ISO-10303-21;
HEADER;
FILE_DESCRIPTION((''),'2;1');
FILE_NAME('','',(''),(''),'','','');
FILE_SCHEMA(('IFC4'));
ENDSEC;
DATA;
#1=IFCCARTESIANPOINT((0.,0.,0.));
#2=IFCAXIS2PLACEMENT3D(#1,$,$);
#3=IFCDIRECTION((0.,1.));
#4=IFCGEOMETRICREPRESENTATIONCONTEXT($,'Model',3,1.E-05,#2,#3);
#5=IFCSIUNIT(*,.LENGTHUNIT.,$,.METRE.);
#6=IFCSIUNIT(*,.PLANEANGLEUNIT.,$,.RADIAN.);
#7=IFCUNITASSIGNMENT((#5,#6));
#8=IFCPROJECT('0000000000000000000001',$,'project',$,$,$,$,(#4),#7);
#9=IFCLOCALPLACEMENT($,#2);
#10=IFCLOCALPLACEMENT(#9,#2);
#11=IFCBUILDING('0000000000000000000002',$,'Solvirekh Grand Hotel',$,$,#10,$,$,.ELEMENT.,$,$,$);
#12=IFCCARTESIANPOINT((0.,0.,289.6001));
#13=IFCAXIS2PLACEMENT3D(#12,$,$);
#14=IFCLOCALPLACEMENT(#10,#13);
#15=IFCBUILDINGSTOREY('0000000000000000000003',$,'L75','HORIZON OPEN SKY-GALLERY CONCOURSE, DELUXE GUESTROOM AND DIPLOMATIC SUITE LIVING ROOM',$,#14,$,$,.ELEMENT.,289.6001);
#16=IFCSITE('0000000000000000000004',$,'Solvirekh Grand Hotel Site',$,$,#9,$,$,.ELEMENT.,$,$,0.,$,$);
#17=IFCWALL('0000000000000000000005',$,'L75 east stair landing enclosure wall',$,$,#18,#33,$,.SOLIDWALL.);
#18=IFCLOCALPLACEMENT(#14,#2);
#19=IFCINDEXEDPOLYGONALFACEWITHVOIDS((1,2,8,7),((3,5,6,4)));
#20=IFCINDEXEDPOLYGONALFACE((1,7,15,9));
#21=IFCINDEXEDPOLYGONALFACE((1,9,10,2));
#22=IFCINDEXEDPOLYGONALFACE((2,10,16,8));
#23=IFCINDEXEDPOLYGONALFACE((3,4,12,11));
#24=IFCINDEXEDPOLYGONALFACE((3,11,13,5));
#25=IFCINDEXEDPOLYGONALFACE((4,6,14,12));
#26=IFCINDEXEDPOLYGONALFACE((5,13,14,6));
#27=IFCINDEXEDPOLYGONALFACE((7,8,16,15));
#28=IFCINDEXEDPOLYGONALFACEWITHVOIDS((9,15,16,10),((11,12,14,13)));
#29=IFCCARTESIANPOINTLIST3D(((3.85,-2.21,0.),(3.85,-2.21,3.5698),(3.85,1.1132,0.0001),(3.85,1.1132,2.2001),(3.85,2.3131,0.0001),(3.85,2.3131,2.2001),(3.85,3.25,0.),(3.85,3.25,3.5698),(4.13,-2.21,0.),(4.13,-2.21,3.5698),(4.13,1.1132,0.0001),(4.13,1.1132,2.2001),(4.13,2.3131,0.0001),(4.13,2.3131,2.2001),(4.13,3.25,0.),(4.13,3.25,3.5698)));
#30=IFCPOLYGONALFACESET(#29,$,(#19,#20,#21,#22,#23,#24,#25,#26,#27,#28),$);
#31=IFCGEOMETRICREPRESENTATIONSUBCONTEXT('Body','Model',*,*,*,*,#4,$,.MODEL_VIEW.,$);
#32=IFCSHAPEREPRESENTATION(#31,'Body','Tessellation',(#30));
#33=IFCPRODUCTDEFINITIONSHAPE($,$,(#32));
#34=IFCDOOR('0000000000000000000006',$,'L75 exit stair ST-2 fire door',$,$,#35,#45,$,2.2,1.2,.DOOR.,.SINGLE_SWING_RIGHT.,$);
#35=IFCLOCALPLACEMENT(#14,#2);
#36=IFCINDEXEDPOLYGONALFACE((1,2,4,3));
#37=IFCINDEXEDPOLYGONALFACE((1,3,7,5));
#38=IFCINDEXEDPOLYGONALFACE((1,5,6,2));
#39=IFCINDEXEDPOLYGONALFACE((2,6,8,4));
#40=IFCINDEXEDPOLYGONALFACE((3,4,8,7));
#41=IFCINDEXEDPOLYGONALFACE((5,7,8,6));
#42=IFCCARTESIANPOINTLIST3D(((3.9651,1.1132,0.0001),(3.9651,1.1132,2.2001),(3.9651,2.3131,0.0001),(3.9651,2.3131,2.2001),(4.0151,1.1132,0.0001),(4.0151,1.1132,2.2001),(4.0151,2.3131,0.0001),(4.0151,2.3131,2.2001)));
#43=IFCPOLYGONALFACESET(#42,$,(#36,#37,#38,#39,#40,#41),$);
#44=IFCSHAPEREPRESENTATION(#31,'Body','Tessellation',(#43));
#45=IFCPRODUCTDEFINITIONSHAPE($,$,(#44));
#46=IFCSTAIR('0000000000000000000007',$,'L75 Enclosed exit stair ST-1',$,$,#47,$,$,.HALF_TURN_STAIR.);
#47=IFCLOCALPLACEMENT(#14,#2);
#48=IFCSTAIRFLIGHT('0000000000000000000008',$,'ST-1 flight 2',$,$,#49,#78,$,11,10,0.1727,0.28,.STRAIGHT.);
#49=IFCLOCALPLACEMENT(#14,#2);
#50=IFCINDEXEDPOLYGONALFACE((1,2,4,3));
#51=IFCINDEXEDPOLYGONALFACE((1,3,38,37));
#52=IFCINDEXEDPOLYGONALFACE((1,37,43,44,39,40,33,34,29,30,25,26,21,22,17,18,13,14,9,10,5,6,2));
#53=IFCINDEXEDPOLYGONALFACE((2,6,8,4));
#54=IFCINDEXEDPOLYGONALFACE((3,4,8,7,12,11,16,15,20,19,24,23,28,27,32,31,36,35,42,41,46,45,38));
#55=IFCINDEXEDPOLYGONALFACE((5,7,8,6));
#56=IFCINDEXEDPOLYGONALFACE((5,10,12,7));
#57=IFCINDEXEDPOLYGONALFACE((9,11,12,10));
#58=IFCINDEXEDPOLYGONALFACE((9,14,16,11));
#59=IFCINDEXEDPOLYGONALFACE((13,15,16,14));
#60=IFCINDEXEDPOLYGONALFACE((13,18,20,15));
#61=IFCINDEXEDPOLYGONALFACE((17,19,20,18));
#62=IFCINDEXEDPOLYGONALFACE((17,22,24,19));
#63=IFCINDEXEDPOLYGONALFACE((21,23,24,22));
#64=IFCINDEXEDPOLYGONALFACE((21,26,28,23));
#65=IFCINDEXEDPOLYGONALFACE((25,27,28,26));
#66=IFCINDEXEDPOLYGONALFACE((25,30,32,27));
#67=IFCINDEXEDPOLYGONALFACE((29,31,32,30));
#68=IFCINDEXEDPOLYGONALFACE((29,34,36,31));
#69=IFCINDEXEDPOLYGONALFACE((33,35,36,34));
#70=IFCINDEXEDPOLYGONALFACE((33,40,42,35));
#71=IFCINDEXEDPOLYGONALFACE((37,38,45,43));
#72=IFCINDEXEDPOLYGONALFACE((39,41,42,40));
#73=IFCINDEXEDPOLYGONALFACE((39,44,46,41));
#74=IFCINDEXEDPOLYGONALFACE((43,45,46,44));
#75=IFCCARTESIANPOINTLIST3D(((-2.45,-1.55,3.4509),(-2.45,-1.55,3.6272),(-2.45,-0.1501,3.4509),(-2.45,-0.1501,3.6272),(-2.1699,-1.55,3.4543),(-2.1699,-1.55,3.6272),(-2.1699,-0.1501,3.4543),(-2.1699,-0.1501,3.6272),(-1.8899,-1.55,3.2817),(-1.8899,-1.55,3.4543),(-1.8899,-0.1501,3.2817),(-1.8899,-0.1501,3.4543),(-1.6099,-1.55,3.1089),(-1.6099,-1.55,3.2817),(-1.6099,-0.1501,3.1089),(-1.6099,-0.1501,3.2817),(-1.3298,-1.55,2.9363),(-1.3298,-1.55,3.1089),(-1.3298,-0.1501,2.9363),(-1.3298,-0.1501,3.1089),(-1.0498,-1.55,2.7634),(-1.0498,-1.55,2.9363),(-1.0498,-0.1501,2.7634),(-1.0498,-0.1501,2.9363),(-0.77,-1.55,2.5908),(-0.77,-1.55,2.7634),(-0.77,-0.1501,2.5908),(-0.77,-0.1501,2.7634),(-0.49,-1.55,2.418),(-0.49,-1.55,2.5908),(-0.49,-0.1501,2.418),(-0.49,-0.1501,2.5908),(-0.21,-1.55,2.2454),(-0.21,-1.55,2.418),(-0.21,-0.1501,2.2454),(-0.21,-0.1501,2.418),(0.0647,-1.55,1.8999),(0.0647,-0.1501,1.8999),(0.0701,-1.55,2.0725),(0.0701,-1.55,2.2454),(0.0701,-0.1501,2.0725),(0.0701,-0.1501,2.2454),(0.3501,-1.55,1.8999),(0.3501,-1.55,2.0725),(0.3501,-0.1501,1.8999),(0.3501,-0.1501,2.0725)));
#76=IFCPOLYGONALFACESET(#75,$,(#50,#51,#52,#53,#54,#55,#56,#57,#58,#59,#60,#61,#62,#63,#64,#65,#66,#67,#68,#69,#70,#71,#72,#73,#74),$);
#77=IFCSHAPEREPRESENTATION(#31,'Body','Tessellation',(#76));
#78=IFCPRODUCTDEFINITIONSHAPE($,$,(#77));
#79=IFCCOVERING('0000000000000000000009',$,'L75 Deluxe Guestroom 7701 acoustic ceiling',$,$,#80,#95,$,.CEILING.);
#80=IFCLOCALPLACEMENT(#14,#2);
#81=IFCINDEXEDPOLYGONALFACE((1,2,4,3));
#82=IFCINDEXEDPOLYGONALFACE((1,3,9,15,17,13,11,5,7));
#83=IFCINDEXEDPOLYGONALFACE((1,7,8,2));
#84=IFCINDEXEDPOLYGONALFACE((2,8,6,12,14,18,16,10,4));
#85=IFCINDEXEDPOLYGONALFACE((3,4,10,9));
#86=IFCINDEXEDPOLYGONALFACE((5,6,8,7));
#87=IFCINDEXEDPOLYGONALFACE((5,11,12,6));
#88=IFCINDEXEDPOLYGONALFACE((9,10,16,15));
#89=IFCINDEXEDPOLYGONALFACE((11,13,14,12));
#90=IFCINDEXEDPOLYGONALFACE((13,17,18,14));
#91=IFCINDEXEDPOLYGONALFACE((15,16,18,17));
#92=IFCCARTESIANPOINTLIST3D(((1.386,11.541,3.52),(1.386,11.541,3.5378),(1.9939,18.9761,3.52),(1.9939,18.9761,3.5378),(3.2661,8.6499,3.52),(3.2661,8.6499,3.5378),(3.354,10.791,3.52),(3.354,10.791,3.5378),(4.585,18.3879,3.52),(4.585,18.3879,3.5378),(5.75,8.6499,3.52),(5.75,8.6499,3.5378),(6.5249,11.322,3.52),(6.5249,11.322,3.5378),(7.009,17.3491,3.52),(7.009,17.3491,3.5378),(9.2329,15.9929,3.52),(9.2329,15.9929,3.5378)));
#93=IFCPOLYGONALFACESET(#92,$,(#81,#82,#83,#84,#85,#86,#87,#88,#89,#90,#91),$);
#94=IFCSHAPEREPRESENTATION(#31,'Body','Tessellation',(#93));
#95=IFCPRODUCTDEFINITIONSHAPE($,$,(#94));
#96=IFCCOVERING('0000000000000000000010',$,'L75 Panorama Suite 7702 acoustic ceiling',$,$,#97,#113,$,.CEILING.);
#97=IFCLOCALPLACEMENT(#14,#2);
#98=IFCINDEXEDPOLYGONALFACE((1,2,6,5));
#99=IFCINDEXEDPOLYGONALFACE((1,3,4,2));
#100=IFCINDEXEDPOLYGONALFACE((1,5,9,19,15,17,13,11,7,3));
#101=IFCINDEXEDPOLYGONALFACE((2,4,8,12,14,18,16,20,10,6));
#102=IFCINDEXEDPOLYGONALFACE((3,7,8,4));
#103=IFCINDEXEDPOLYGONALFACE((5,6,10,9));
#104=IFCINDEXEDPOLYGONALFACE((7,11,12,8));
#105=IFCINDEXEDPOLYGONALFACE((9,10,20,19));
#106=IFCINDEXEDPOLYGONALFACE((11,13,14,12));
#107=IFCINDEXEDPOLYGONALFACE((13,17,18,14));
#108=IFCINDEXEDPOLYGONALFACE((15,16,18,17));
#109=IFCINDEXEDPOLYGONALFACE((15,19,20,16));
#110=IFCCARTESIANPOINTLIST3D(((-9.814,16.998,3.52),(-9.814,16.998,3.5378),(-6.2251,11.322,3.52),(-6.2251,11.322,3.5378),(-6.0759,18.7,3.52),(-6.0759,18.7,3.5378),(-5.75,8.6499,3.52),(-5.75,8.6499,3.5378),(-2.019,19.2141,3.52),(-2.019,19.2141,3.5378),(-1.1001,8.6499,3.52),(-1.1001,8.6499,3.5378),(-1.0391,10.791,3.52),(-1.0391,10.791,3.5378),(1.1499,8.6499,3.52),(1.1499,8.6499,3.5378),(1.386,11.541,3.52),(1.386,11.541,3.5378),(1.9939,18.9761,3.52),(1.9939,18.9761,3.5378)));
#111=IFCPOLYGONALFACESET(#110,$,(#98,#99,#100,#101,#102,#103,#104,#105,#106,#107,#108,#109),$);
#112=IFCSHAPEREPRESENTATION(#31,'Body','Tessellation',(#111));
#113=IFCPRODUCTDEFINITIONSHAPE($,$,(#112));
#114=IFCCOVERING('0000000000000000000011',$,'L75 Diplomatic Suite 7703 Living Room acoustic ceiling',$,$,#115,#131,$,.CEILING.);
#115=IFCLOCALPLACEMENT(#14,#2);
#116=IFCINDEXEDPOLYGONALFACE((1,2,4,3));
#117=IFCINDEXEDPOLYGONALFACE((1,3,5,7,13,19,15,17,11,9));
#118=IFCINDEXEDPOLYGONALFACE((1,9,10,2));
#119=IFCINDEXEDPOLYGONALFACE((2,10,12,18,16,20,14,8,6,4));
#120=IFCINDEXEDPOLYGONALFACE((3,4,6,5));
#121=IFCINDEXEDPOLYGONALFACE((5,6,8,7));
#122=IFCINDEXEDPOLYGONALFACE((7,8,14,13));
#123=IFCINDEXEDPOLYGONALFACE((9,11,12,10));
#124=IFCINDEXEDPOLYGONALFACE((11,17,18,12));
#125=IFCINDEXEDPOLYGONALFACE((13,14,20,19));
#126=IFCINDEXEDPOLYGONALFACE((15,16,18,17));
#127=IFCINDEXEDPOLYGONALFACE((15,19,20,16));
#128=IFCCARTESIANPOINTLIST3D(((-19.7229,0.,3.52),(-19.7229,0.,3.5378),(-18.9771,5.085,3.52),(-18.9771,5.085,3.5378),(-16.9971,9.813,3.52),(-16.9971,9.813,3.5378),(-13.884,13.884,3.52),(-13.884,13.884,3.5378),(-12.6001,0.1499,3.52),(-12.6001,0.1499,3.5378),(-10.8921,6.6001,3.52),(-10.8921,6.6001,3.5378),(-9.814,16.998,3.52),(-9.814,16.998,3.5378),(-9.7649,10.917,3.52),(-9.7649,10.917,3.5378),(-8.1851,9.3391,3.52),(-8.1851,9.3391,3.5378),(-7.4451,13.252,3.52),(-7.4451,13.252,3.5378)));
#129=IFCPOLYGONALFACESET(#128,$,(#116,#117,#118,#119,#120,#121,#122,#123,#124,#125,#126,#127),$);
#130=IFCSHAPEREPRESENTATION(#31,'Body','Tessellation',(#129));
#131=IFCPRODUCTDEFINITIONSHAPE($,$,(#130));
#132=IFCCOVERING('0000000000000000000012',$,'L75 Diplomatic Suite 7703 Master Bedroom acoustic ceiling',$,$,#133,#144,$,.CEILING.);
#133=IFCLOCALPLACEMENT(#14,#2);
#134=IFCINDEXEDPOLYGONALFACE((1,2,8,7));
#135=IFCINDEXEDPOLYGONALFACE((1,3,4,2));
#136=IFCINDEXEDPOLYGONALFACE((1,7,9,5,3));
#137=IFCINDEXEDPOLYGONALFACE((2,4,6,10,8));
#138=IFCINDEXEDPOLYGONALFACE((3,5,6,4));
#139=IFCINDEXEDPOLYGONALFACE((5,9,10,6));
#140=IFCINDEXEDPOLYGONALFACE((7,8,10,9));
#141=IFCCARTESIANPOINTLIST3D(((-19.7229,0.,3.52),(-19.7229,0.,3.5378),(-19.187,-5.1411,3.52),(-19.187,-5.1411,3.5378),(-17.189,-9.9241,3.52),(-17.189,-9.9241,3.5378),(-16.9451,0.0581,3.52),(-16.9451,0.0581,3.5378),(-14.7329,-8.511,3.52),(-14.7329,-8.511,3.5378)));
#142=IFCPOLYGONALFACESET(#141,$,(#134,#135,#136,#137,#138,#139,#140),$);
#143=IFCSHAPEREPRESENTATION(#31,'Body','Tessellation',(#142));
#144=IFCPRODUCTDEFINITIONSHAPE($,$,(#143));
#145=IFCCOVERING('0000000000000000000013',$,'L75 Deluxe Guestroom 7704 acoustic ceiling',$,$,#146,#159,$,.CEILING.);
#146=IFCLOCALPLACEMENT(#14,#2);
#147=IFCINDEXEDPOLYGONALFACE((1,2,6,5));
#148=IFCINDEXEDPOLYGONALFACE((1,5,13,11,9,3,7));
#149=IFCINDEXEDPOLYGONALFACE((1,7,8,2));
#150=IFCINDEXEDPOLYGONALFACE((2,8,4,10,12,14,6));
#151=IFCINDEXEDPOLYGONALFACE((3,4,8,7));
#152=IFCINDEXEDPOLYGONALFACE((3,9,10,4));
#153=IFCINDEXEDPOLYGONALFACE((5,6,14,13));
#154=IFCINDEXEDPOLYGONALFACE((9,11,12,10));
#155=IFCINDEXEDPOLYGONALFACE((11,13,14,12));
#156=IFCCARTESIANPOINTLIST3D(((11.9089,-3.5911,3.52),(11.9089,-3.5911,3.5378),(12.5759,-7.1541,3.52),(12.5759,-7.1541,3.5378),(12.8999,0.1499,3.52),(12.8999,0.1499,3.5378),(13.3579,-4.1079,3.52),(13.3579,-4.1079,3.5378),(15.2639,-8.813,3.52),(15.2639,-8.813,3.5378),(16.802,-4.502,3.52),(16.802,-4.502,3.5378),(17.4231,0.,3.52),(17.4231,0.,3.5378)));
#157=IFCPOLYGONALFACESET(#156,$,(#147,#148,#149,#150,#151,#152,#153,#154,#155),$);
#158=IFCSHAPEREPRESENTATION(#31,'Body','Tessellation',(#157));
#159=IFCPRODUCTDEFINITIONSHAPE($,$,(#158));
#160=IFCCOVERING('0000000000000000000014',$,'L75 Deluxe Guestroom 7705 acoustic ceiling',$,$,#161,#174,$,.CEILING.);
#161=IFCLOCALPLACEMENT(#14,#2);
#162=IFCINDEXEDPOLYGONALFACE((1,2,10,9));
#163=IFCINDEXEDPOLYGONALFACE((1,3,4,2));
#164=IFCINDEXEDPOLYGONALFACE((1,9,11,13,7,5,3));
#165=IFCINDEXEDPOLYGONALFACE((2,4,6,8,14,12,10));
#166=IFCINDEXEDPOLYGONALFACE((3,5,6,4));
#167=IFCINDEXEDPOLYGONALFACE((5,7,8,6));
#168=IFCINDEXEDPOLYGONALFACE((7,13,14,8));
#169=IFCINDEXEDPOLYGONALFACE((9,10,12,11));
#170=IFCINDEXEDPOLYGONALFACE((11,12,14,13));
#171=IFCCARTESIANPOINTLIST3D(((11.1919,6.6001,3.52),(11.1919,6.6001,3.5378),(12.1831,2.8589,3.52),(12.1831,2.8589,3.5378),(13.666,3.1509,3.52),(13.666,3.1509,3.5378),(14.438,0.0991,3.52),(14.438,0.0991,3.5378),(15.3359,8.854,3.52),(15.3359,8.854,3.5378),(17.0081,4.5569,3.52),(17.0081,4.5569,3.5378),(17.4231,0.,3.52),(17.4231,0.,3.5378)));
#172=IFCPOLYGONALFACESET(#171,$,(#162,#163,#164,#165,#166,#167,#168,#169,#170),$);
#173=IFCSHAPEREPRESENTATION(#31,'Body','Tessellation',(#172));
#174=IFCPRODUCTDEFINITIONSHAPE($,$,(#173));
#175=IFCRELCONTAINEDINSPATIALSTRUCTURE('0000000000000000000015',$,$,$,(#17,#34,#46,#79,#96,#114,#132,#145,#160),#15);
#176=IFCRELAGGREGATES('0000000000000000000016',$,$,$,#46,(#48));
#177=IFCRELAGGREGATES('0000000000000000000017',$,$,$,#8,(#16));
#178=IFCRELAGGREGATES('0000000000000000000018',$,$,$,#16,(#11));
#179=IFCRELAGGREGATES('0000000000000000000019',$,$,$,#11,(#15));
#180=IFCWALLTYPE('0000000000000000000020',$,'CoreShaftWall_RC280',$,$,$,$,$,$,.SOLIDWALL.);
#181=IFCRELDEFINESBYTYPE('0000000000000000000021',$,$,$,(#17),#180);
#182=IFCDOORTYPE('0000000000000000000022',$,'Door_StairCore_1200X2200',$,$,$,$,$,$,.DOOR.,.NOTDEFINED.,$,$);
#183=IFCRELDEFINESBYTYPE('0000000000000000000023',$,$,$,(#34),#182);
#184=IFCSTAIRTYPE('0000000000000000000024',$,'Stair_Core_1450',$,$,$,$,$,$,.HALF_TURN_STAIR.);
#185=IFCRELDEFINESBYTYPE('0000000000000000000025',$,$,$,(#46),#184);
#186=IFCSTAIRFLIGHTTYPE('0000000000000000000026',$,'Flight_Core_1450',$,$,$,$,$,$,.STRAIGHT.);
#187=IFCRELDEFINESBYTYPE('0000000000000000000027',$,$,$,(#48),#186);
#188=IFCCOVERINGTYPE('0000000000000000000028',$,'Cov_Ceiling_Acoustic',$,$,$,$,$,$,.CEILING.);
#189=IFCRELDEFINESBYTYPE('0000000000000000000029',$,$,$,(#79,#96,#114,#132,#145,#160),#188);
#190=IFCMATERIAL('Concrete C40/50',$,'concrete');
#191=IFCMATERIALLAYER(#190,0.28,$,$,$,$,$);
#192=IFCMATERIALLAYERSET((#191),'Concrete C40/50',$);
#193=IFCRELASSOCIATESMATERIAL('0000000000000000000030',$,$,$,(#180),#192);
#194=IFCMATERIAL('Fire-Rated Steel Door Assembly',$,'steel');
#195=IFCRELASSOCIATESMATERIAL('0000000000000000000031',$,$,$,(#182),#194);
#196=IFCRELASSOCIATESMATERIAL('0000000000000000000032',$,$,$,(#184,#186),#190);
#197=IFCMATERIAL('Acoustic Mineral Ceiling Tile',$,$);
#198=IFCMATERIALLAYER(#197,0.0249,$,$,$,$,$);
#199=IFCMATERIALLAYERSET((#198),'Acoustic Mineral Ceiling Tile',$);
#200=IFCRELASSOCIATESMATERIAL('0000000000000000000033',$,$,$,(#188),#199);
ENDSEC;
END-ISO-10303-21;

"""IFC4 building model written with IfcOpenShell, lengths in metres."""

from ifc_helpers import new_model, si_unit, direction, frame, frame_2d, origin, place, context, subcontext, project, spatial, polyline, rectangle, outline, extrude, material, layer, layer_set, type_object, element, fill, aggregate, save


model = new_model("IFC4")

# Units and contexts
model_context = context("Model", 3, precision=1e-05, world=origin(), true_north=direction((0.0, 1.0)))
body_context = subcontext(model_context, "Body", "Model", "MODEL_VIEW")
ifc_project = project(units=[si_unit("LENGTHUNIT", "METRE"), si_unit("PLANEANGLEUNIT", "RADIAN")], contexts=[model_context])

# Site, building, storey
site_placement = place(None, origin())
site = spatial("IfcSite", under=ifc_project, at=site_placement, Name="Solvirekh Grand Hotel Site", CompositionType="ELEMENT", RefElevation=0.0)
building_placement = place(site_placement, origin())
building = spatial("IfcBuilding", under=site, at=building_placement, Name="Solvirekh Grand Hotel", CompositionType="ELEMENT")
storey_placement = place(building_placement, frame((0.0, 0.0, 289.6001)))
storey = spatial("IfcBuildingStorey", under=building, at=storey_placement, Name="L75", Description="HORIZON OPEN SKY-GALLERY CONCOURSE, DELUXE GUESTROOM AND DIPLOMATIC SUITE LIVING ROOM", CompositionType="ELEMENT", Elevation=289.6001)

# Wall, opening, door
ifc_material_1 = material(Name="Concrete C40/50", Category="concrete")
ifc_layer_1 = layer(ifc_material_1, 0.28)
ifc_layer_set_1 = layer_set([ifc_layer_1], Name="Concrete C40/50")
wall_type = type_object("IfcWallType", Name="CoreShaftWall_RC280", PredefinedType="SOLIDWALL", material=ifc_layer_set_1)
wall_placement = place(storey_placement, frame((3.99, -2.21, 0.0), z_axis=(0.0, 0.0, 1.0), x_axis=(0.0, 1.0, 0.0)))
wall = element("IfcWall", 1, at=wall_placement, inside=storey, type_object=wall_type, Name="L75 east stair landing enclosure wall", PredefinedType="SOLIDWALL", context=body_context, shape_type="SweptSolid", body=[
    extrude(rectangle(XDim=5.46, YDim=0.28, at=frame_2d((2.73, 0.0))), origin(), (0.0, 0.0, 1.0), 3.5698),
])
opening_placement = place(wall_placement, frame((3.323, 0.0, 0.0)))
opening = element("IfcOpeningElement", 2, at=opening_placement, cuts=wall, PredefinedType="OPENING", context=body_context, shape_type="SweptSolid", body=[
    extrude(rectangle(XDim=1.2, YDim=2.2, at=frame_2d((0.6001, 1.1001))), frame((0.0, 0.1499, 0.0), z_axis=(0.0, -1.0, 0.0), x_axis=(1.0, 0.0, 0.0)), (0.0, 0.0, 1.0), 0.3),
])
ifc_material_2 = material(Name="Fire-Rated Steel Door Assembly", Category="steel")
door_type = type_object("IfcDoorType", Name="Door_StairCore_1200X2200", OperationType="NOTDEFINED", PredefinedType="DOOR", material=ifc_material_2)
door_placement = place(opening_placement, origin())
door = element("IfcDoor", 3, at=door_placement, inside=storey, type_object=door_type, Name="L75 exit stair ST-2 fire door", OperationType="SINGLE_SWING_RIGHT", OverallHeight=2.2, OverallWidth=1.2, PredefinedType="DOOR", context=body_context, shape_type="SweptSolid", body=[
    extrude(rectangle(XDim=1.2, YDim=2.2, at=frame_2d((0.6001, 1.1001))), frame((0.0, 0.0249, 0.0), z_axis=(0.0, -1.0, 0.0), x_axis=(1.0, 0.0, 0.0)), (0.0, 0.0, 1.0), 0.05),
])
fill(opening, door)

# Stair, stair flight
stair_type = type_object("IfcStairType", Name="Stair_Core_1450", PredefinedType="HALF_TURN_STAIR", material=ifc_material_1)
stair_placement = place(storey_placement, origin())
stair = element("IfcStair", 4, at=stair_placement, inside=storey, type_object=stair_type, Name="L75 Enclosed exit stair ST-1", PredefinedType="HALF_TURN_STAIR")
stair_flight_type = type_object("IfcStairFlightType", Name="Flight_Core_1450", PredefinedType="STRAIGHT", material=ifc_material_1)
stair_flight_placement = place(storey_placement, frame((0.3501, -0.8501, 1.8999), z_axis=(0.0, 0.0, 1.0), x_axis=(-1.0, 0.0, 0.0)))
stair_flight = element("IfcStairFlight", 5, at=stair_flight_placement, type_object=stair_flight_type, Name="ST-1 flight 2", NumberOfRisers=11, NumberOfTreads=10, PredefinedType="STRAIGHT", RiserHeight=0.1727, TreadLength=0.28, context=body_context, shape_type="SweptSolid", body=[
    extrude(outline(polyline([(0.0, 0.0), (0.0, 0.1726), (0.28, 0.1726), (0.28, 0.3455), (0.5601, 0.3455), (0.5601, 0.5181), (0.8401, 0.5181), (0.8401, 0.6909), (1.1201, 0.6909), (1.1201, 0.8635), (1.3999, 0.8635), (1.3999, 1.0364), (1.6799, 1.0364), (1.6799, 1.209), (1.96, 1.209), (1.96, 1.3818), (2.24, 1.3818), (2.24, 1.5544), (2.52, 1.5544), (2.52, 1.7273), (2.8, 1.7273), (2.8, 1.8999), (2.8, 1.551), (0.2854, 0.0), (0.0, 0.0)])), frame((0.0, 0.7, 0.0), z_axis=(0.0, -1.0, 0.0), x_axis=(1.0, 0.0, 0.0)), (0.0, 0.0, 1.0), 1.3999),
])
aggregate(stair, [stair_flight])

# Coverings
ifc_material_3 = material(Name="Acoustic Mineral Ceiling Tile")
ifc_layer_2 = layer(ifc_material_3, 0.0249)
ifc_layer_set_2 = layer_set([ifc_layer_2], Name="Acoustic Mineral Ceiling Tile")
covering_type_1 = type_object("IfcCoveringType", Name="Cov_Ceiling_Acoustic", PredefinedType="CEILING", material=ifc_layer_set_2)
covering_1_placement = place(storey_placement, frame((0.0, 0.0, 3.52)))
element("IfcCovering", 6, at=covering_1_placement, inside=storey, type_object=covering_type_1, Name="L75 Deluxe Guestroom 7701 acoustic ceiling", PredefinedType="CEILING", context=body_context, shape_type="SweptSolid", body=[
    extrude(outline(polyline([(1.386, 11.541), (3.354, 10.791), (3.2661, 8.6499), (5.75, 8.6499), (6.5249, 11.322), (9.2329, 15.9929), (7.009, 17.3491), (4.585, 18.3879), (1.9939, 18.9761), (1.386, 11.541)])), origin(), (0.0, 0.0, 1.0), 0.0178),
])
covering_2_placement = place(storey_placement, frame((0.0, 0.0, 3.52)))
element("IfcCovering", 7, at=covering_2_placement, inside=storey, type_object=covering_type_1, Name="L75 Panorama Suite 7702 acoustic ceiling", PredefinedType="CEILING", context=body_context, shape_type="SweptSolid", body=[
    extrude(outline(polyline([(-1.1001, 8.6499), (-1.0391, 10.791), (1.386, 11.541), (1.1499, 8.6499), (1.9939, 18.9761), (-2.019, 19.2141), (-6.0759, 18.7), (-9.814, 16.998), (-6.2251, 11.322), (-5.75, 8.6499), (-1.1001, 8.6499)])), origin(), (0.0, 0.0, 1.0), 0.0178),
])
covering_3_placement = place(storey_placement, frame((0.0, 0.0, 3.52)))
element("IfcCovering", 8, at=covering_3_placement, inside=storey, type_object=covering_type_1, Name="L75 Diplomatic Suite 7703 Living Room acoustic ceiling", PredefinedType="CEILING", context=body_context, shape_type="SweptSolid", body=[
    extrude(outline(polyline([(-9.7649, 10.917), (-7.4451, 13.252), (-9.814, 16.998), (-13.884, 13.884), (-16.9971, 9.813), (-18.9771, 5.085), (-19.7229, 0.0), (-12.6001, 0.1499), (-10.8921, 6.6001), (-8.1851, 9.3391), (-9.7649, 10.917)])), origin(), (0.0, 0.0, 1.0), 0.0178),
])
covering_4_placement = place(storey_placement, frame((0.0, 0.0, 3.52)))
element("IfcCovering", 9, at=covering_4_placement, inside=storey, type_object=covering_type_1, Name="L75 Diplomatic Suite 7703 Master Bedroom acoustic ceiling", PredefinedType="CEILING", context=body_context, shape_type="SweptSolid", body=[
    extrude(outline(polyline([(-19.7229, 0.0), (-19.187, -5.1411), (-17.189, -9.9241), (-14.7329, -8.511), (-16.9451, 0.0581), (-19.7229, 0.0)])), origin(), (0.0, 0.0, 1.0), 0.0178),
])
covering_5_placement = place(storey_placement, frame((0.0, 0.0, 3.52)))
element("IfcCovering", 10, at=covering_5_placement, inside=storey, type_object=covering_type_1, Name="L75 Deluxe Guestroom 7704 acoustic ceiling", PredefinedType="CEILING", context=body_context, shape_type="SweptSolid", body=[
    extrude(outline(polyline([(13.3579, -4.1079), (12.5759, -7.1541), (15.2639, -8.813), (16.802, -4.502), (17.4231, 0.0), (12.8999, 0.1499), (11.9089, -3.5911), (13.3579, -4.1079)])), origin(), (0.0, 0.0, 1.0), 0.0178),
])
covering_6_placement = place(storey_placement, frame((0.0, 0.0, 3.52)))
element("IfcCovering", 11, at=covering_6_placement, inside=storey, type_object=covering_type_1, Name="L75 Deluxe Guestroom 7705 acoustic ceiling", PredefinedType="CEILING", context=body_context, shape_type="SweptSolid", body=[
    extrude(outline(polyline([(13.666, 3.1509), (14.438, 0.0991), (17.4231, 0.0), (17.0081, 4.5569), (15.3359, 8.854), (11.1919, 6.6001), (12.1831, 2.8589), (13.666, 3.1509)])), origin(), (0.0, 0.0, 1.0), 0.0178),
])

save(model, "model.ifc")
